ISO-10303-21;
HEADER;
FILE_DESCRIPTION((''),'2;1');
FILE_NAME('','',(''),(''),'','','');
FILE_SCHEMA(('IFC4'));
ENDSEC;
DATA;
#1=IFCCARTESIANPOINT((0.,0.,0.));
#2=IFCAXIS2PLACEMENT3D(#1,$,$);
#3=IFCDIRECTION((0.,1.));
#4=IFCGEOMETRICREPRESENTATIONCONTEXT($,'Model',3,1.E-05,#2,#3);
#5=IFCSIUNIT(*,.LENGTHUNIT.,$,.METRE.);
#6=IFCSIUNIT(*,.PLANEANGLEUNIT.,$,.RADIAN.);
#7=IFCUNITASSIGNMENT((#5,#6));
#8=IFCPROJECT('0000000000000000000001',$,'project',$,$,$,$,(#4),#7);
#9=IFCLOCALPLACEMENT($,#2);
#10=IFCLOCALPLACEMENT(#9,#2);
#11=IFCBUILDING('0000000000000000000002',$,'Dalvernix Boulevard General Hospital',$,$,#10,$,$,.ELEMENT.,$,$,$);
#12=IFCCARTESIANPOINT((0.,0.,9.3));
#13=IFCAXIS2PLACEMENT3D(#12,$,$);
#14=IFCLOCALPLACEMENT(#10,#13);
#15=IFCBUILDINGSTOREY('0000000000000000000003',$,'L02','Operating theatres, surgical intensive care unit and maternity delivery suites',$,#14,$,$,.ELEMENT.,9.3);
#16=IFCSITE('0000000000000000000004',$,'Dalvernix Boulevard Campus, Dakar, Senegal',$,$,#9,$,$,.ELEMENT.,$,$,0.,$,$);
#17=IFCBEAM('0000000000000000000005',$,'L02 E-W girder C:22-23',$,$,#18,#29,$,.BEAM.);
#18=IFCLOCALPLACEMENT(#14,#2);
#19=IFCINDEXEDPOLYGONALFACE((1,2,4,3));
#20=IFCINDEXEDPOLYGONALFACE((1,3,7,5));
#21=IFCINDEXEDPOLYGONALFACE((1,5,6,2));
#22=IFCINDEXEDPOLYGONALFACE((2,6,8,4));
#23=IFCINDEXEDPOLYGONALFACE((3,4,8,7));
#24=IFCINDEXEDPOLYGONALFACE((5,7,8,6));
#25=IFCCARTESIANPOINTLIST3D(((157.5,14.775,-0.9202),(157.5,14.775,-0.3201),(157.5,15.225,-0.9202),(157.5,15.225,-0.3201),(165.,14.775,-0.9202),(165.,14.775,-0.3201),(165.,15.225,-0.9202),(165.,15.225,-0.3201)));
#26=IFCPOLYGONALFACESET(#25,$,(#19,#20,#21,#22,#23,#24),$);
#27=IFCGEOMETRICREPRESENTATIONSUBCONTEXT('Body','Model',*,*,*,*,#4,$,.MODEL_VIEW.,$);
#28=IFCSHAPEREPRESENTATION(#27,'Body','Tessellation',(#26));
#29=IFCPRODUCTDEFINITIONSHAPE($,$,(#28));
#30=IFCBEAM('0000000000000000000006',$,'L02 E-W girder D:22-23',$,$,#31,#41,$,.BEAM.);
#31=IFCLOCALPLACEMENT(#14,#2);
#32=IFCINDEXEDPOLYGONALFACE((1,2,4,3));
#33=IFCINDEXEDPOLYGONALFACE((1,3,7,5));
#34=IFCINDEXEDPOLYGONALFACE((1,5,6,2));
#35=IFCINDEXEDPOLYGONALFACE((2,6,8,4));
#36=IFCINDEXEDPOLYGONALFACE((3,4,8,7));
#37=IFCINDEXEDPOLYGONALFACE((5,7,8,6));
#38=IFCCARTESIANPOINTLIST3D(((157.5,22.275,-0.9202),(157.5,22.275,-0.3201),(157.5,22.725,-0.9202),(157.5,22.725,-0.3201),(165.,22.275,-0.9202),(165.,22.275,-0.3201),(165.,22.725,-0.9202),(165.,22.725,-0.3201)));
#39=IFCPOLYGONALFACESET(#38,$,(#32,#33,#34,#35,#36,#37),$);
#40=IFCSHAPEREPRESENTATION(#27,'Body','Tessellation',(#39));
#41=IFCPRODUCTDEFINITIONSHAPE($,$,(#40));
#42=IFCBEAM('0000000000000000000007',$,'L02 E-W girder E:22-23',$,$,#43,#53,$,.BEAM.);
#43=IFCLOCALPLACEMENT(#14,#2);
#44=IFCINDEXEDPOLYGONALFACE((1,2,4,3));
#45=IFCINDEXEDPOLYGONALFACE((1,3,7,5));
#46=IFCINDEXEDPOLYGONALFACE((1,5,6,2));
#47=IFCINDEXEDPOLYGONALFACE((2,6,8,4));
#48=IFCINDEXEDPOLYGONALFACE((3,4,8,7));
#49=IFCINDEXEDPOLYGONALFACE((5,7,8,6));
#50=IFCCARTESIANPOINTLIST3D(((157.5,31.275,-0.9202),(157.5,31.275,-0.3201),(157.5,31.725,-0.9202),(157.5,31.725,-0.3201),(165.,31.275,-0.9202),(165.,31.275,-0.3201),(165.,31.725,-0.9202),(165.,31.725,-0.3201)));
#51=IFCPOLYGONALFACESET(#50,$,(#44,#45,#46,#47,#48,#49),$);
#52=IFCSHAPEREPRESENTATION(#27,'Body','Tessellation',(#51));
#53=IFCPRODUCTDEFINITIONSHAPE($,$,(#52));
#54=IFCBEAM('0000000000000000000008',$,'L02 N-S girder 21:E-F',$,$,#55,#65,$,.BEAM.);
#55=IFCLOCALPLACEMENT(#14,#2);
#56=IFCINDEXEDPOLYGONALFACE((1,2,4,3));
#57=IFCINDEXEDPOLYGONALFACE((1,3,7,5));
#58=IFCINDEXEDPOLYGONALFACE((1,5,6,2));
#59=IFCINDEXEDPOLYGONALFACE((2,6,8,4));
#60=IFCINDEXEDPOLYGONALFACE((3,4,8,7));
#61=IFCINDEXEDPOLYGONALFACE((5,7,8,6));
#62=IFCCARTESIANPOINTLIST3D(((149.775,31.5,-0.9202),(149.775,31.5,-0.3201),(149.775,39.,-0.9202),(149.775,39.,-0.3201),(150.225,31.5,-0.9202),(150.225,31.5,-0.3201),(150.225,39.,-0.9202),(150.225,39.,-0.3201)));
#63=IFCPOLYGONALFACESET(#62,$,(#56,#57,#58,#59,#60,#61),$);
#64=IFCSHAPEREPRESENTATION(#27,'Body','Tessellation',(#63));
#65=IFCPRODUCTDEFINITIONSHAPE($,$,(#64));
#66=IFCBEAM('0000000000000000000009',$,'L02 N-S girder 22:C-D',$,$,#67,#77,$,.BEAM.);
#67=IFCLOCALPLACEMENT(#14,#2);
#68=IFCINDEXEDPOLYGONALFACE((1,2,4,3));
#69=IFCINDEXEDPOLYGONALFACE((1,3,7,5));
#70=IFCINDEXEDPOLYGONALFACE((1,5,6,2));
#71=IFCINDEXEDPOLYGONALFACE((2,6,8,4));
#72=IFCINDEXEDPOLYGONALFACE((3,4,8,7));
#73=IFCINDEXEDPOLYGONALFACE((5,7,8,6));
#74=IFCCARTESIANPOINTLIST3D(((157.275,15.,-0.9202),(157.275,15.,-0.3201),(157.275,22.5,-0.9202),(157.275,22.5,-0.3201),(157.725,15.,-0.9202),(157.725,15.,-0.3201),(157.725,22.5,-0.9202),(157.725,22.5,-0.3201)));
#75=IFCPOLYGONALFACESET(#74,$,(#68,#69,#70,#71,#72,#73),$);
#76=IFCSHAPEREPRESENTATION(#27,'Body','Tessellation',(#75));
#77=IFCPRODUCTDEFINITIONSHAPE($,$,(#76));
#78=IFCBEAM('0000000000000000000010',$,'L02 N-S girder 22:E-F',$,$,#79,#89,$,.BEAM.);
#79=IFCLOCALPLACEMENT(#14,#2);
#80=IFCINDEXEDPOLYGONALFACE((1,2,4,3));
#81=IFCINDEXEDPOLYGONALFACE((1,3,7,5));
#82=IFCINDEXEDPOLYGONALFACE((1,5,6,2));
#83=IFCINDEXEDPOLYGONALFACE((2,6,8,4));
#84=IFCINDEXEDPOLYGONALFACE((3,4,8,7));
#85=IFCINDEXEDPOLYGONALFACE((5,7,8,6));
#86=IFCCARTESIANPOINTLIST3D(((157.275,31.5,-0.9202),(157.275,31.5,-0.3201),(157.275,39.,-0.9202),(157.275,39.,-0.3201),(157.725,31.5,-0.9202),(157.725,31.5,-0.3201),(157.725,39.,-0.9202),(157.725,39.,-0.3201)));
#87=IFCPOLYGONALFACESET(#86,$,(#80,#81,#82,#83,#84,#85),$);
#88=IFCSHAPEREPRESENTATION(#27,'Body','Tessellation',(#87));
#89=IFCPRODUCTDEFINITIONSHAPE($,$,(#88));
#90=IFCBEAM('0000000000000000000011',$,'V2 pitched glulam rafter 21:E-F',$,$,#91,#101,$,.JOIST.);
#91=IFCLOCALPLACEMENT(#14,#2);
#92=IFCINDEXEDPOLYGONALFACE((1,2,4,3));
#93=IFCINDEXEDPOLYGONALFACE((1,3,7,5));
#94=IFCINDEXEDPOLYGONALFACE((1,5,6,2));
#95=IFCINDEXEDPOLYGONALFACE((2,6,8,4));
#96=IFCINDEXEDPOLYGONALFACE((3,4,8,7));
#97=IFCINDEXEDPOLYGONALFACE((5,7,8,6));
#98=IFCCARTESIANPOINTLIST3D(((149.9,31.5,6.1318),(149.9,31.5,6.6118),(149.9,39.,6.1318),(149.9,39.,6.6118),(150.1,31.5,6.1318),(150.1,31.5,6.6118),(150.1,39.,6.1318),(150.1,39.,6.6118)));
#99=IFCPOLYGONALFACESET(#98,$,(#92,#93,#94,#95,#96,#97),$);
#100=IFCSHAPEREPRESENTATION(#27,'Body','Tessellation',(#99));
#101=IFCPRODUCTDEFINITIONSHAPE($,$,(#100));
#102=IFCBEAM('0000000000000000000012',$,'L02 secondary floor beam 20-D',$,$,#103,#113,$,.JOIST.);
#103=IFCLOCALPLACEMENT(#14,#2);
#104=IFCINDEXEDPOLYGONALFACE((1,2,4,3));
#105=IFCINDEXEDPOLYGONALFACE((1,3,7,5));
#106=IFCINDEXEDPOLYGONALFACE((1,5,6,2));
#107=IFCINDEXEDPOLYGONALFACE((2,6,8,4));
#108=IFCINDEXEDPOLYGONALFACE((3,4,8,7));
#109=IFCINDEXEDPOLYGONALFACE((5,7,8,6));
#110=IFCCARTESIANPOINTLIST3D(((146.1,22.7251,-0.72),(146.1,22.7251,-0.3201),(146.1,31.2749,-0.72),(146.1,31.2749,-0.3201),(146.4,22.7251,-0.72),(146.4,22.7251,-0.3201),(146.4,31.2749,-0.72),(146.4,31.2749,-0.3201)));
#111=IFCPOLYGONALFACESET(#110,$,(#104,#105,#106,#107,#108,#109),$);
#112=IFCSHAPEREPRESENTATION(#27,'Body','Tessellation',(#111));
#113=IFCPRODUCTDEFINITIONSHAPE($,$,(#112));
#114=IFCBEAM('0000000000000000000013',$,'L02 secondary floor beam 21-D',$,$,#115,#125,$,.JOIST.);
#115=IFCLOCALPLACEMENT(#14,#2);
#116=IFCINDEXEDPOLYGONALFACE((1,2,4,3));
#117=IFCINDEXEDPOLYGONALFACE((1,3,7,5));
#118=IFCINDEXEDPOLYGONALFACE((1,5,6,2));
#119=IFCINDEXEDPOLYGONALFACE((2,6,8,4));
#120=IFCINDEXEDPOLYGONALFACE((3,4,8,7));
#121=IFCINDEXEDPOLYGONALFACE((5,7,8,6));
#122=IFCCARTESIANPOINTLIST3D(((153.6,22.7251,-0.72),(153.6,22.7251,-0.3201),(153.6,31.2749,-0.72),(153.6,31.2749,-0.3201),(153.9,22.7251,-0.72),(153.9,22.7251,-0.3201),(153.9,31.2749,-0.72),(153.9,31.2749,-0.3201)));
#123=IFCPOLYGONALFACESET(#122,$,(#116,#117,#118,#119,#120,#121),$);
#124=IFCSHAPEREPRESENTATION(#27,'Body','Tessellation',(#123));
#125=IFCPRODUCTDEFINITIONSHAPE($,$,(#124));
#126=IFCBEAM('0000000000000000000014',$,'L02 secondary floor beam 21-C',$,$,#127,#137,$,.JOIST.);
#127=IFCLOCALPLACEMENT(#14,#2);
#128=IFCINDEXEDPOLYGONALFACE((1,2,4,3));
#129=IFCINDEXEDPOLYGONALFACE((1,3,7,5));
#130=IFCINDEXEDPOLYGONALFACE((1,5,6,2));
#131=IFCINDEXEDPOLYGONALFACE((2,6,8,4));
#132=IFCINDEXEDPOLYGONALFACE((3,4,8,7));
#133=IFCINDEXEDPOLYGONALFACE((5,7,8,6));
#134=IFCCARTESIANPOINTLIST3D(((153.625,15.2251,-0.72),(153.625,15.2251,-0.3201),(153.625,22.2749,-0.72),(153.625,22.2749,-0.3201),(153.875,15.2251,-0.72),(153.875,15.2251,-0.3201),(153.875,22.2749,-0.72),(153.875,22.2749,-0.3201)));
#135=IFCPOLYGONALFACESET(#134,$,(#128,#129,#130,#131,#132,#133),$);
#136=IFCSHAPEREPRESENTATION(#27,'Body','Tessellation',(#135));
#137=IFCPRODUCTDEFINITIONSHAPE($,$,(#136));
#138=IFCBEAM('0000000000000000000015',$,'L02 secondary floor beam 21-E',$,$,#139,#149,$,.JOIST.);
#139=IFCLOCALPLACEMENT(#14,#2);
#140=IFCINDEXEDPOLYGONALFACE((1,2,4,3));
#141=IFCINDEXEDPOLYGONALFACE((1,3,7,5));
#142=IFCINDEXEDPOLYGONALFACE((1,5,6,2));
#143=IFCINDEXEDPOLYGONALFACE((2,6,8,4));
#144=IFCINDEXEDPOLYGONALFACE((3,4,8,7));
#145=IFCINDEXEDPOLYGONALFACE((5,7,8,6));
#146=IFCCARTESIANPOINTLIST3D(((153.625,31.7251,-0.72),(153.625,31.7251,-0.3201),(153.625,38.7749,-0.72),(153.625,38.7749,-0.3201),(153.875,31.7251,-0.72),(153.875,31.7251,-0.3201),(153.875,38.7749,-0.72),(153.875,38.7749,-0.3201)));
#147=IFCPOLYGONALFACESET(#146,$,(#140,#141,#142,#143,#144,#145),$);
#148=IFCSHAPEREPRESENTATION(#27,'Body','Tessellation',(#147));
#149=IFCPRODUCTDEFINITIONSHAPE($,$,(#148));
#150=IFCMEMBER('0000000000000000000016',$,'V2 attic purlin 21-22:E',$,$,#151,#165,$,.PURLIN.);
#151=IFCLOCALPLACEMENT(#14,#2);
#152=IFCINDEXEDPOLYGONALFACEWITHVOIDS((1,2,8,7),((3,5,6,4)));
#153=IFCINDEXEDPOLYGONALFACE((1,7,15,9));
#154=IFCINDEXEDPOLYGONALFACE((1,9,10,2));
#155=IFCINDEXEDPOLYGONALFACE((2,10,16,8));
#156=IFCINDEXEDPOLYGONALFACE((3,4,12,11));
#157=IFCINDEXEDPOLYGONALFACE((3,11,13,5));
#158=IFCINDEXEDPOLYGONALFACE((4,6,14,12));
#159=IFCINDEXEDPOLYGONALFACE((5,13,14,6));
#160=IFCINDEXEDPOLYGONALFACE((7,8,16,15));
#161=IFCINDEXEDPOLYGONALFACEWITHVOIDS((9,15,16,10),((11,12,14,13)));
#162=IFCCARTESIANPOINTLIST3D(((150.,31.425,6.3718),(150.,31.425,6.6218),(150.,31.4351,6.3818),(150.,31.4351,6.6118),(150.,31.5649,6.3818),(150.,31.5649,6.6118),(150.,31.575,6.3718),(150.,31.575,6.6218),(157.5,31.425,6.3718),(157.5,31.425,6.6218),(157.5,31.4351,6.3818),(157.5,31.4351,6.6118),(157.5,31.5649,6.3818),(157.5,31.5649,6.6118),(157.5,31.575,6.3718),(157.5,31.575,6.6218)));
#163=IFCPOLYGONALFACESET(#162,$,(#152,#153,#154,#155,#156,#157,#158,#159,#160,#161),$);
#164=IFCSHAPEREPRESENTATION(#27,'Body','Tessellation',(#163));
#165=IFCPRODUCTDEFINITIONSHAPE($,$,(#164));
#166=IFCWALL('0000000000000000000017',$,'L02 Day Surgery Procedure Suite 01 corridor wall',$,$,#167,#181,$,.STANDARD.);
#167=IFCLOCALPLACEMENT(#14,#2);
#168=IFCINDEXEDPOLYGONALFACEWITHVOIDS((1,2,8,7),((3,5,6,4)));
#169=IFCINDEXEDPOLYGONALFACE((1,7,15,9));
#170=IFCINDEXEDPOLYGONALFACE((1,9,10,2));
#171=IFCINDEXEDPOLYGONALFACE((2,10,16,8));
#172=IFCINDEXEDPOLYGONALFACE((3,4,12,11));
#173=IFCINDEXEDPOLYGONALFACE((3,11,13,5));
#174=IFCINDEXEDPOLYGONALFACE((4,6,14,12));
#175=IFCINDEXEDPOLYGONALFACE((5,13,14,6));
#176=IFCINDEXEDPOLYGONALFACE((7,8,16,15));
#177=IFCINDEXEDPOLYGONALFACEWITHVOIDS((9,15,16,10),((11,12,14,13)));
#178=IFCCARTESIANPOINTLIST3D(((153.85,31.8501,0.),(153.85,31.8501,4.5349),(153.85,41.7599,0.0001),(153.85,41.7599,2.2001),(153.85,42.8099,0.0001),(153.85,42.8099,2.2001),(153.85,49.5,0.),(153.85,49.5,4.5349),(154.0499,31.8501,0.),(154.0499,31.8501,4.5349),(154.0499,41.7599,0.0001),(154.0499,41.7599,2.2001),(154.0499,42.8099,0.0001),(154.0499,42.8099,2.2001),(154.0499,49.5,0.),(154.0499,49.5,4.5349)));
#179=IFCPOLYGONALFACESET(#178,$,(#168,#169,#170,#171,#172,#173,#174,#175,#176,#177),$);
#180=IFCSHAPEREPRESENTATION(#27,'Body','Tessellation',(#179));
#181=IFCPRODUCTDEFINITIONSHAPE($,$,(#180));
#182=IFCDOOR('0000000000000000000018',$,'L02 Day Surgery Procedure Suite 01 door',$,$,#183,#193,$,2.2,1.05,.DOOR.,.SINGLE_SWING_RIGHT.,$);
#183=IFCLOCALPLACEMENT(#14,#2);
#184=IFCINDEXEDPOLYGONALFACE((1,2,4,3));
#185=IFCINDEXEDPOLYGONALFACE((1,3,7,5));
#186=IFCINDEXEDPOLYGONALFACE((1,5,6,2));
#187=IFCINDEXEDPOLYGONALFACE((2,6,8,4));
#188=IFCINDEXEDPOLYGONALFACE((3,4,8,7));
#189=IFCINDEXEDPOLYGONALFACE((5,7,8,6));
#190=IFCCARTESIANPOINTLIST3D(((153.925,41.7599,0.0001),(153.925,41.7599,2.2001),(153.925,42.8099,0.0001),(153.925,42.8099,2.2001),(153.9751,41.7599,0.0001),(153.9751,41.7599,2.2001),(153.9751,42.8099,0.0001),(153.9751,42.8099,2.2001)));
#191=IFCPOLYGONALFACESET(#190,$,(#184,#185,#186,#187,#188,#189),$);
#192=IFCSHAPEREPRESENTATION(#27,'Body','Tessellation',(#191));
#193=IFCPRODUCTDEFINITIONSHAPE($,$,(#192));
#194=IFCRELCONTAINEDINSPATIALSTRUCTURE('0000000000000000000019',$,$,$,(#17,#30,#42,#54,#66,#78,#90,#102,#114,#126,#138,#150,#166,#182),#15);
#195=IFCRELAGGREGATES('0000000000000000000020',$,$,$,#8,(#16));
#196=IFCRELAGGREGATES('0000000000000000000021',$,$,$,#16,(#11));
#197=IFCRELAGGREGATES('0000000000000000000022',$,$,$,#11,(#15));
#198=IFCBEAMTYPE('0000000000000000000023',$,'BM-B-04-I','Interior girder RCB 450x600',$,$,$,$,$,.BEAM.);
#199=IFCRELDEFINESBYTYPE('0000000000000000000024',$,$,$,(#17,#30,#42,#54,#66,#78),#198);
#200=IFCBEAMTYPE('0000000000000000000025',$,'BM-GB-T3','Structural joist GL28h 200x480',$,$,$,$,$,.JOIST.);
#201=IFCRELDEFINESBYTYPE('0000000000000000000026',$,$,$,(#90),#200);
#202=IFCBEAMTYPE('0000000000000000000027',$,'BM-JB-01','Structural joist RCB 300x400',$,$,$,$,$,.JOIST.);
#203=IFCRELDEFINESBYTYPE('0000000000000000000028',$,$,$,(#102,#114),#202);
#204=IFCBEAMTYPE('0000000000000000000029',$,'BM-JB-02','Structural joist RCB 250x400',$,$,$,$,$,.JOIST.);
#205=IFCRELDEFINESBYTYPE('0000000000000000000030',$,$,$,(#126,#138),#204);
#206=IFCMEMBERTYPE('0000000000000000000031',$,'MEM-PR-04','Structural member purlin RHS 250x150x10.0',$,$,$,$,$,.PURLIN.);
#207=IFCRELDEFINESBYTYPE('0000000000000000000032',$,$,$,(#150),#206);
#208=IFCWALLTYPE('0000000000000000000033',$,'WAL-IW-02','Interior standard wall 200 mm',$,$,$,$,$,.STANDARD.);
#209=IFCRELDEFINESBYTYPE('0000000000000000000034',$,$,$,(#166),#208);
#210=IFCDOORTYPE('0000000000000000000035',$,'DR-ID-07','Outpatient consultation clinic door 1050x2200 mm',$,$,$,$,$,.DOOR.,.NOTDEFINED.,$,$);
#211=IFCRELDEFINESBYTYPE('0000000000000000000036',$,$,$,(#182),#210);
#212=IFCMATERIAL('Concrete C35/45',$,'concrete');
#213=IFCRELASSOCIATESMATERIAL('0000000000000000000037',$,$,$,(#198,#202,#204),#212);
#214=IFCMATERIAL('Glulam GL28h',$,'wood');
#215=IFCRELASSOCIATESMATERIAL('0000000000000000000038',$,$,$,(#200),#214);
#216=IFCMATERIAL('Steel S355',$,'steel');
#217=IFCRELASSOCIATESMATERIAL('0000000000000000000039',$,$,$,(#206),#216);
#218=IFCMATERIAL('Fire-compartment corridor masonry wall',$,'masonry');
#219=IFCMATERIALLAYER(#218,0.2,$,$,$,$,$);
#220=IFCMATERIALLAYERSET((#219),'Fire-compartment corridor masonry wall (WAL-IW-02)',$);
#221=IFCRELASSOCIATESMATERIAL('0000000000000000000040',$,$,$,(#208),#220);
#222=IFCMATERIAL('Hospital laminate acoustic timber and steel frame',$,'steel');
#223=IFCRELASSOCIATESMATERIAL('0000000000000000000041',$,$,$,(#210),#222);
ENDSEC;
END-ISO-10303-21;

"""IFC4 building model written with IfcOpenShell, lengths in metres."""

from ifc_helpers import new_model, si_unit, direction, frame, frame_2d, origin, origin_2d, place, context, subcontext, project, spatial, rectangle, hollow_rectangle, extrude, material, layer, layer_set, material_profile, profile_set, type_object, element, fill, save


model = new_model("IFC4")

# Units and contexts
model_context = context("Model", 3, precision=1e-05, world=origin(), true_north=direction((0.0, 1.0)))
body_context = subcontext(model_context, "Body", "Model", "MODEL_VIEW")
ifc_project = project(units=[si_unit("LENGTHUNIT", "METRE"), si_unit("PLANEANGLEUNIT", "RADIAN")], contexts=[model_context])

# Site, building, storey
site_placement = place(None, origin())
site = spatial("IfcSite", under=ifc_project, at=site_placement, Name="Dalvernix Boulevard Campus, Dakar, Senegal", CompositionType="ELEMENT", RefElevation=0.0)
building_placement = place(site_placement, origin())
building = spatial("IfcBuilding", under=site, at=building_placement, Name="Dalvernix Boulevard General Hospital", CompositionType="ELEMENT")
storey_placement = place(building_placement, frame((0.0, 0.0, 9.3)))
storey = spatial("IfcBuildingStorey", under=building, at=storey_placement, Name="L02", Description="Operating theatres, surgical intensive care unit and maternity delivery suites", CompositionType="ELEMENT", Elevation=9.3)

# Shared definitions
ifc_material_1 = material(Name="Steel S355", Category="steel")

# Beams
ifc_material_2 = material(Name="Concrete C35/45", Category="concrete")
ifc_material_profile_1 = material_profile(ifc_material_2, rectangle(XDim=0.45, YDim=0.6001, at=origin_2d()), Name="RCB 450x600")
ifc_profile_set_1 = profile_set([ifc_material_profile_1], Name="Concrete C35/45")
beam_type_1 = type_object("IfcBeamType", Name="BM-B-04-I", Description="Interior girder RCB 450x600", PredefinedType="BEAM", material=ifc_profile_set_1)
for number, where, z_axis, x_axis, name in (
    (1, (157.5, 15.0, -0.6201), (1.0, 0.0, 0.0), (0.0, 1.0, 0.0), "L02 E-W girder C:22-23"),
    (2, (157.5, 22.5, -0.6201), (1.0, 0.0, 0.0), (0.0, 1.0, 0.0), "L02 E-W girder D:22-23"),
    (3, (157.5, 31.5, -0.6201), (1.0, 0.0, 0.0), (0.0, 1.0, 0.0), "L02 E-W girder E:22-23"),
    (4, (150.0, 31.5, -0.6201), (0.0, 1.0, 0.0), (-1.0, 0.0, 0.0), "L02 N-S girder 21:E-F"),
    (5, (157.5, 15.0, -0.6201), (0.0, 1.0, 0.0), (-1.0, 0.0, 0.0), "L02 N-S girder 22:C-D"),
    (6, (157.5, 31.5, -0.6201), (0.0, 1.0, 0.0), (-1.0, 0.0, 0.0), "L02 N-S girder 22:E-F"),
):
    element("IfcBeam", number, at=place(storey_placement, frame(where, z_axis=z_axis, x_axis=x_axis)), inside=storey, type_object=beam_type_1, Name=name, PredefinedType="BEAM", context=body_context, shape_type="SweptSolid", body=[
        extrude(rectangle(XDim=0.45, YDim=0.6001, at=origin_2d()), origin(), (0.0, 0.0, 1.0), 7.5),
    ])
ifc_material_3 = material(Name="Glulam GL28h", Category="wood")
ifc_material_profile_2 = material_profile(ifc_material_3, rectangle(XDim=0.2, YDim=0.48, at=origin_2d()), Name="GL28h 200x480")
ifc_profile_set_2 = profile_set([ifc_material_profile_2], Name="Glulam GL28h")
beam_type_2 = type_object("IfcBeamType", Name="BM-GB-T3", Description="Structural joist GL28h 200x480", PredefinedType="JOIST", material=ifc_profile_set_2)
beam_placement = place(storey_placement, frame((150.0, 31.5, 6.3718), z_axis=(0.0, 1.0, 0.0), x_axis=(-1.0, 0.0, 0.0)))
element("IfcBeam", 7, at=beam_placement, inside=storey, type_object=beam_type_2, Name="V2 pitched glulam rafter 21:E-F", PredefinedType="JOIST", context=body_context, shape_type="SweptSolid", body=[
    extrude(rectangle(XDim=0.2, YDim=0.48, at=origin_2d()), origin(), (0.0, 0.0, 1.0), 7.5),
])
ifc_material_profile_3 = material_profile(ifc_material_2, rectangle(XDim=0.3, YDim=0.3999, at=origin_2d()), Name="RCB 300x400")
ifc_profile_set_3 = profile_set([ifc_material_profile_3], Name="Concrete C35/45")
beam_type_3 = type_object("IfcBeamType", Name="BM-JB-01", Description="Structural joist RCB 300x400", PredefinedType="JOIST", material=ifc_profile_set_3)
for number, where, z_axis, x_axis, name in (
    (8, (146.25, 22.7251, -0.52), (0.0, 1.0, 0.0), (-1.0, 0.0, 0.0), "L02 secondary floor beam 20-D"),
    (9, (153.75, 22.7251, -0.52), (0.0, 1.0, 0.0), (-1.0, 0.0, 0.0), "L02 secondary floor beam 21-D"),
):
    element("IfcBeam", number, at=place(storey_placement, frame(where, z_axis=z_axis, x_axis=x_axis)), inside=storey, type_object=beam_type_3, Name=name, PredefinedType="JOIST", context=body_context, shape_type="SweptSolid", body=[
        extrude(rectangle(XDim=0.3, YDim=0.3999, at=origin_2d()), origin(), (0.0, 0.0, 1.0), 8.5498),
    ])
ifc_material_profile_4 = material_profile(ifc_material_2, rectangle(XDim=0.25, YDim=0.3999, at=origin_2d()), Name="RCB 250x400")
ifc_profile_set_4 = profile_set([ifc_material_profile_4], Name="Concrete C35/45")
beam_type_4 = type_object("IfcBeamType", Name="BM-JB-02", Description="Structural joist RCB 250x400", PredefinedType="JOIST", material=ifc_profile_set_4)
for number, where, z_axis, x_axis, name in (
    (10, (153.75, 15.2251, -0.52), (0.0, 1.0, 0.0), (-1.0, 0.0, 0.0), "L02 secondary floor beam 21-C"),
    (11, (153.75, 31.7251, -0.52), (0.0, 1.0, 0.0), (-1.0, 0.0, 0.0), "L02 secondary floor beam 21-E"),
):
    element("IfcBeam", number, at=place(storey_placement, frame(where, z_axis=z_axis, x_axis=x_axis)), inside=storey, type_object=beam_type_4, Name=name, PredefinedType="JOIST", context=body_context, shape_type="SweptSolid", body=[
        extrude(rectangle(XDim=0.25, YDim=0.3999, at=origin_2d()), origin(), (0.0, 0.0, 1.0), 7.0498),
    ])

# Member
ifc_material_profile_5 = material_profile(ifc_material_1, hollow_rectangle(XDim=0.1499, YDim=0.25, WallThickness=0.01, at=origin_2d()), Name="RHS 250x150x10.0")
ifc_profile_set_5 = profile_set([ifc_material_profile_5], Name="Steel S355")
member_type = type_object("IfcMemberType", Name="MEM-PR-04", Description="Structural member purlin RHS 250x150x10.0", PredefinedType="PURLIN", material=ifc_profile_set_5)
member_placement = place(storey_placement, frame((150.0, 31.5, 6.4968), z_axis=(1.0, 0.0, 0.0), x_axis=(0.0, 1.0, 0.0)))
element("IfcMember", 12, at=member_placement, inside=storey, type_object=member_type, Name="V2 attic purlin 21-22:E", PredefinedType="PURLIN", context=body_context, shape_type="SweptSolid", body=[
    extrude(hollow_rectangle(XDim=0.1499, YDim=0.25, WallThickness=0.01, at=origin_2d()), origin(), (0.0, 0.0, 1.0), 7.5),
])

# Wall, opening, door
ifc_material_4 = material(Name="Fire-compartment corridor masonry wall", Category="masonry")
ifc_layer = layer(ifc_material_4, 0.2)
ifc_layer_set = layer_set([ifc_layer], Name="Fire-compartment corridor masonry wall (WAL-IW-02)")
wall_type = type_object("IfcWallType", Name="WAL-IW-02", Description="Interior standard wall 200 mm", PredefinedType="STANDARD", material=ifc_layer_set)
wall_placement = place(storey_placement, frame((153.95, 31.8501, 0.0), z_axis=(0.0, 0.0, 1.0), x_axis=(0.0, 1.0, 0.0)))
wall = element("IfcWall", 13, at=wall_placement, inside=storey, type_object=wall_type, Name="L02 Day Surgery Procedure Suite 01 corridor wall", PredefinedType="STANDARD", context=body_context, shape_type="SweptSolid", body=[
    extrude(rectangle(XDim=17.6499, YDim=0.2, at=frame_2d((8.825, 0.0))), origin(), (0.0, 0.0, 1.0), 4.5349),
])
opening_placement = place(wall_placement, frame((9.9099, 0.0, 0.0)))
opening = element("IfcOpeningElement", 14, at=opening_placement, cuts=wall, PredefinedType="OPENING", context=body_context, shape_type="SweptSolid", body=[
    extrude(rectangle(XDim=1.05, YDim=2.2, at=frame_2d((0.5249, 1.1001))), frame((0.0, 0.1099, 0.0), z_axis=(0.0, -1.0, 0.0), x_axis=(1.0, 0.0, 0.0)), (0.0, 0.0, 1.0), 0.22),
])
ifc_material_5 = material(Name="Hospital laminate acoustic timber and steel frame", Category="steel")
door_type = type_object("IfcDoorType", Name="DR-ID-07", Description="Outpatient consultation clinic door 1050x2200 mm", OperationType="NOTDEFINED", PredefinedType="DOOR", material=ifc_material_5)
door_placement = place(opening_placement, origin())
door = element("IfcDoor", 15, at=door_placement, inside=storey, type_object=door_type, Name="L02 Day Surgery Procedure Suite 01 door", OperationType="SINGLE_SWING_RIGHT", OverallHeight=2.2, OverallWidth=1.05, PredefinedType="DOOR", context=body_context, shape_type="SweptSolid", body=[
    extrude(rectangle(XDim=1.05, YDim=2.2, at=frame_2d((0.5249, 1.1001))), frame((0.0, 0.0249, 0.0), z_axis=(0.0, -1.0, 0.0), x_axis=(1.0, 0.0, 0.0)), (0.0, 0.0, 1.0), 0.05),
])
fill(opening, door)

save(model, "model.ifc")
